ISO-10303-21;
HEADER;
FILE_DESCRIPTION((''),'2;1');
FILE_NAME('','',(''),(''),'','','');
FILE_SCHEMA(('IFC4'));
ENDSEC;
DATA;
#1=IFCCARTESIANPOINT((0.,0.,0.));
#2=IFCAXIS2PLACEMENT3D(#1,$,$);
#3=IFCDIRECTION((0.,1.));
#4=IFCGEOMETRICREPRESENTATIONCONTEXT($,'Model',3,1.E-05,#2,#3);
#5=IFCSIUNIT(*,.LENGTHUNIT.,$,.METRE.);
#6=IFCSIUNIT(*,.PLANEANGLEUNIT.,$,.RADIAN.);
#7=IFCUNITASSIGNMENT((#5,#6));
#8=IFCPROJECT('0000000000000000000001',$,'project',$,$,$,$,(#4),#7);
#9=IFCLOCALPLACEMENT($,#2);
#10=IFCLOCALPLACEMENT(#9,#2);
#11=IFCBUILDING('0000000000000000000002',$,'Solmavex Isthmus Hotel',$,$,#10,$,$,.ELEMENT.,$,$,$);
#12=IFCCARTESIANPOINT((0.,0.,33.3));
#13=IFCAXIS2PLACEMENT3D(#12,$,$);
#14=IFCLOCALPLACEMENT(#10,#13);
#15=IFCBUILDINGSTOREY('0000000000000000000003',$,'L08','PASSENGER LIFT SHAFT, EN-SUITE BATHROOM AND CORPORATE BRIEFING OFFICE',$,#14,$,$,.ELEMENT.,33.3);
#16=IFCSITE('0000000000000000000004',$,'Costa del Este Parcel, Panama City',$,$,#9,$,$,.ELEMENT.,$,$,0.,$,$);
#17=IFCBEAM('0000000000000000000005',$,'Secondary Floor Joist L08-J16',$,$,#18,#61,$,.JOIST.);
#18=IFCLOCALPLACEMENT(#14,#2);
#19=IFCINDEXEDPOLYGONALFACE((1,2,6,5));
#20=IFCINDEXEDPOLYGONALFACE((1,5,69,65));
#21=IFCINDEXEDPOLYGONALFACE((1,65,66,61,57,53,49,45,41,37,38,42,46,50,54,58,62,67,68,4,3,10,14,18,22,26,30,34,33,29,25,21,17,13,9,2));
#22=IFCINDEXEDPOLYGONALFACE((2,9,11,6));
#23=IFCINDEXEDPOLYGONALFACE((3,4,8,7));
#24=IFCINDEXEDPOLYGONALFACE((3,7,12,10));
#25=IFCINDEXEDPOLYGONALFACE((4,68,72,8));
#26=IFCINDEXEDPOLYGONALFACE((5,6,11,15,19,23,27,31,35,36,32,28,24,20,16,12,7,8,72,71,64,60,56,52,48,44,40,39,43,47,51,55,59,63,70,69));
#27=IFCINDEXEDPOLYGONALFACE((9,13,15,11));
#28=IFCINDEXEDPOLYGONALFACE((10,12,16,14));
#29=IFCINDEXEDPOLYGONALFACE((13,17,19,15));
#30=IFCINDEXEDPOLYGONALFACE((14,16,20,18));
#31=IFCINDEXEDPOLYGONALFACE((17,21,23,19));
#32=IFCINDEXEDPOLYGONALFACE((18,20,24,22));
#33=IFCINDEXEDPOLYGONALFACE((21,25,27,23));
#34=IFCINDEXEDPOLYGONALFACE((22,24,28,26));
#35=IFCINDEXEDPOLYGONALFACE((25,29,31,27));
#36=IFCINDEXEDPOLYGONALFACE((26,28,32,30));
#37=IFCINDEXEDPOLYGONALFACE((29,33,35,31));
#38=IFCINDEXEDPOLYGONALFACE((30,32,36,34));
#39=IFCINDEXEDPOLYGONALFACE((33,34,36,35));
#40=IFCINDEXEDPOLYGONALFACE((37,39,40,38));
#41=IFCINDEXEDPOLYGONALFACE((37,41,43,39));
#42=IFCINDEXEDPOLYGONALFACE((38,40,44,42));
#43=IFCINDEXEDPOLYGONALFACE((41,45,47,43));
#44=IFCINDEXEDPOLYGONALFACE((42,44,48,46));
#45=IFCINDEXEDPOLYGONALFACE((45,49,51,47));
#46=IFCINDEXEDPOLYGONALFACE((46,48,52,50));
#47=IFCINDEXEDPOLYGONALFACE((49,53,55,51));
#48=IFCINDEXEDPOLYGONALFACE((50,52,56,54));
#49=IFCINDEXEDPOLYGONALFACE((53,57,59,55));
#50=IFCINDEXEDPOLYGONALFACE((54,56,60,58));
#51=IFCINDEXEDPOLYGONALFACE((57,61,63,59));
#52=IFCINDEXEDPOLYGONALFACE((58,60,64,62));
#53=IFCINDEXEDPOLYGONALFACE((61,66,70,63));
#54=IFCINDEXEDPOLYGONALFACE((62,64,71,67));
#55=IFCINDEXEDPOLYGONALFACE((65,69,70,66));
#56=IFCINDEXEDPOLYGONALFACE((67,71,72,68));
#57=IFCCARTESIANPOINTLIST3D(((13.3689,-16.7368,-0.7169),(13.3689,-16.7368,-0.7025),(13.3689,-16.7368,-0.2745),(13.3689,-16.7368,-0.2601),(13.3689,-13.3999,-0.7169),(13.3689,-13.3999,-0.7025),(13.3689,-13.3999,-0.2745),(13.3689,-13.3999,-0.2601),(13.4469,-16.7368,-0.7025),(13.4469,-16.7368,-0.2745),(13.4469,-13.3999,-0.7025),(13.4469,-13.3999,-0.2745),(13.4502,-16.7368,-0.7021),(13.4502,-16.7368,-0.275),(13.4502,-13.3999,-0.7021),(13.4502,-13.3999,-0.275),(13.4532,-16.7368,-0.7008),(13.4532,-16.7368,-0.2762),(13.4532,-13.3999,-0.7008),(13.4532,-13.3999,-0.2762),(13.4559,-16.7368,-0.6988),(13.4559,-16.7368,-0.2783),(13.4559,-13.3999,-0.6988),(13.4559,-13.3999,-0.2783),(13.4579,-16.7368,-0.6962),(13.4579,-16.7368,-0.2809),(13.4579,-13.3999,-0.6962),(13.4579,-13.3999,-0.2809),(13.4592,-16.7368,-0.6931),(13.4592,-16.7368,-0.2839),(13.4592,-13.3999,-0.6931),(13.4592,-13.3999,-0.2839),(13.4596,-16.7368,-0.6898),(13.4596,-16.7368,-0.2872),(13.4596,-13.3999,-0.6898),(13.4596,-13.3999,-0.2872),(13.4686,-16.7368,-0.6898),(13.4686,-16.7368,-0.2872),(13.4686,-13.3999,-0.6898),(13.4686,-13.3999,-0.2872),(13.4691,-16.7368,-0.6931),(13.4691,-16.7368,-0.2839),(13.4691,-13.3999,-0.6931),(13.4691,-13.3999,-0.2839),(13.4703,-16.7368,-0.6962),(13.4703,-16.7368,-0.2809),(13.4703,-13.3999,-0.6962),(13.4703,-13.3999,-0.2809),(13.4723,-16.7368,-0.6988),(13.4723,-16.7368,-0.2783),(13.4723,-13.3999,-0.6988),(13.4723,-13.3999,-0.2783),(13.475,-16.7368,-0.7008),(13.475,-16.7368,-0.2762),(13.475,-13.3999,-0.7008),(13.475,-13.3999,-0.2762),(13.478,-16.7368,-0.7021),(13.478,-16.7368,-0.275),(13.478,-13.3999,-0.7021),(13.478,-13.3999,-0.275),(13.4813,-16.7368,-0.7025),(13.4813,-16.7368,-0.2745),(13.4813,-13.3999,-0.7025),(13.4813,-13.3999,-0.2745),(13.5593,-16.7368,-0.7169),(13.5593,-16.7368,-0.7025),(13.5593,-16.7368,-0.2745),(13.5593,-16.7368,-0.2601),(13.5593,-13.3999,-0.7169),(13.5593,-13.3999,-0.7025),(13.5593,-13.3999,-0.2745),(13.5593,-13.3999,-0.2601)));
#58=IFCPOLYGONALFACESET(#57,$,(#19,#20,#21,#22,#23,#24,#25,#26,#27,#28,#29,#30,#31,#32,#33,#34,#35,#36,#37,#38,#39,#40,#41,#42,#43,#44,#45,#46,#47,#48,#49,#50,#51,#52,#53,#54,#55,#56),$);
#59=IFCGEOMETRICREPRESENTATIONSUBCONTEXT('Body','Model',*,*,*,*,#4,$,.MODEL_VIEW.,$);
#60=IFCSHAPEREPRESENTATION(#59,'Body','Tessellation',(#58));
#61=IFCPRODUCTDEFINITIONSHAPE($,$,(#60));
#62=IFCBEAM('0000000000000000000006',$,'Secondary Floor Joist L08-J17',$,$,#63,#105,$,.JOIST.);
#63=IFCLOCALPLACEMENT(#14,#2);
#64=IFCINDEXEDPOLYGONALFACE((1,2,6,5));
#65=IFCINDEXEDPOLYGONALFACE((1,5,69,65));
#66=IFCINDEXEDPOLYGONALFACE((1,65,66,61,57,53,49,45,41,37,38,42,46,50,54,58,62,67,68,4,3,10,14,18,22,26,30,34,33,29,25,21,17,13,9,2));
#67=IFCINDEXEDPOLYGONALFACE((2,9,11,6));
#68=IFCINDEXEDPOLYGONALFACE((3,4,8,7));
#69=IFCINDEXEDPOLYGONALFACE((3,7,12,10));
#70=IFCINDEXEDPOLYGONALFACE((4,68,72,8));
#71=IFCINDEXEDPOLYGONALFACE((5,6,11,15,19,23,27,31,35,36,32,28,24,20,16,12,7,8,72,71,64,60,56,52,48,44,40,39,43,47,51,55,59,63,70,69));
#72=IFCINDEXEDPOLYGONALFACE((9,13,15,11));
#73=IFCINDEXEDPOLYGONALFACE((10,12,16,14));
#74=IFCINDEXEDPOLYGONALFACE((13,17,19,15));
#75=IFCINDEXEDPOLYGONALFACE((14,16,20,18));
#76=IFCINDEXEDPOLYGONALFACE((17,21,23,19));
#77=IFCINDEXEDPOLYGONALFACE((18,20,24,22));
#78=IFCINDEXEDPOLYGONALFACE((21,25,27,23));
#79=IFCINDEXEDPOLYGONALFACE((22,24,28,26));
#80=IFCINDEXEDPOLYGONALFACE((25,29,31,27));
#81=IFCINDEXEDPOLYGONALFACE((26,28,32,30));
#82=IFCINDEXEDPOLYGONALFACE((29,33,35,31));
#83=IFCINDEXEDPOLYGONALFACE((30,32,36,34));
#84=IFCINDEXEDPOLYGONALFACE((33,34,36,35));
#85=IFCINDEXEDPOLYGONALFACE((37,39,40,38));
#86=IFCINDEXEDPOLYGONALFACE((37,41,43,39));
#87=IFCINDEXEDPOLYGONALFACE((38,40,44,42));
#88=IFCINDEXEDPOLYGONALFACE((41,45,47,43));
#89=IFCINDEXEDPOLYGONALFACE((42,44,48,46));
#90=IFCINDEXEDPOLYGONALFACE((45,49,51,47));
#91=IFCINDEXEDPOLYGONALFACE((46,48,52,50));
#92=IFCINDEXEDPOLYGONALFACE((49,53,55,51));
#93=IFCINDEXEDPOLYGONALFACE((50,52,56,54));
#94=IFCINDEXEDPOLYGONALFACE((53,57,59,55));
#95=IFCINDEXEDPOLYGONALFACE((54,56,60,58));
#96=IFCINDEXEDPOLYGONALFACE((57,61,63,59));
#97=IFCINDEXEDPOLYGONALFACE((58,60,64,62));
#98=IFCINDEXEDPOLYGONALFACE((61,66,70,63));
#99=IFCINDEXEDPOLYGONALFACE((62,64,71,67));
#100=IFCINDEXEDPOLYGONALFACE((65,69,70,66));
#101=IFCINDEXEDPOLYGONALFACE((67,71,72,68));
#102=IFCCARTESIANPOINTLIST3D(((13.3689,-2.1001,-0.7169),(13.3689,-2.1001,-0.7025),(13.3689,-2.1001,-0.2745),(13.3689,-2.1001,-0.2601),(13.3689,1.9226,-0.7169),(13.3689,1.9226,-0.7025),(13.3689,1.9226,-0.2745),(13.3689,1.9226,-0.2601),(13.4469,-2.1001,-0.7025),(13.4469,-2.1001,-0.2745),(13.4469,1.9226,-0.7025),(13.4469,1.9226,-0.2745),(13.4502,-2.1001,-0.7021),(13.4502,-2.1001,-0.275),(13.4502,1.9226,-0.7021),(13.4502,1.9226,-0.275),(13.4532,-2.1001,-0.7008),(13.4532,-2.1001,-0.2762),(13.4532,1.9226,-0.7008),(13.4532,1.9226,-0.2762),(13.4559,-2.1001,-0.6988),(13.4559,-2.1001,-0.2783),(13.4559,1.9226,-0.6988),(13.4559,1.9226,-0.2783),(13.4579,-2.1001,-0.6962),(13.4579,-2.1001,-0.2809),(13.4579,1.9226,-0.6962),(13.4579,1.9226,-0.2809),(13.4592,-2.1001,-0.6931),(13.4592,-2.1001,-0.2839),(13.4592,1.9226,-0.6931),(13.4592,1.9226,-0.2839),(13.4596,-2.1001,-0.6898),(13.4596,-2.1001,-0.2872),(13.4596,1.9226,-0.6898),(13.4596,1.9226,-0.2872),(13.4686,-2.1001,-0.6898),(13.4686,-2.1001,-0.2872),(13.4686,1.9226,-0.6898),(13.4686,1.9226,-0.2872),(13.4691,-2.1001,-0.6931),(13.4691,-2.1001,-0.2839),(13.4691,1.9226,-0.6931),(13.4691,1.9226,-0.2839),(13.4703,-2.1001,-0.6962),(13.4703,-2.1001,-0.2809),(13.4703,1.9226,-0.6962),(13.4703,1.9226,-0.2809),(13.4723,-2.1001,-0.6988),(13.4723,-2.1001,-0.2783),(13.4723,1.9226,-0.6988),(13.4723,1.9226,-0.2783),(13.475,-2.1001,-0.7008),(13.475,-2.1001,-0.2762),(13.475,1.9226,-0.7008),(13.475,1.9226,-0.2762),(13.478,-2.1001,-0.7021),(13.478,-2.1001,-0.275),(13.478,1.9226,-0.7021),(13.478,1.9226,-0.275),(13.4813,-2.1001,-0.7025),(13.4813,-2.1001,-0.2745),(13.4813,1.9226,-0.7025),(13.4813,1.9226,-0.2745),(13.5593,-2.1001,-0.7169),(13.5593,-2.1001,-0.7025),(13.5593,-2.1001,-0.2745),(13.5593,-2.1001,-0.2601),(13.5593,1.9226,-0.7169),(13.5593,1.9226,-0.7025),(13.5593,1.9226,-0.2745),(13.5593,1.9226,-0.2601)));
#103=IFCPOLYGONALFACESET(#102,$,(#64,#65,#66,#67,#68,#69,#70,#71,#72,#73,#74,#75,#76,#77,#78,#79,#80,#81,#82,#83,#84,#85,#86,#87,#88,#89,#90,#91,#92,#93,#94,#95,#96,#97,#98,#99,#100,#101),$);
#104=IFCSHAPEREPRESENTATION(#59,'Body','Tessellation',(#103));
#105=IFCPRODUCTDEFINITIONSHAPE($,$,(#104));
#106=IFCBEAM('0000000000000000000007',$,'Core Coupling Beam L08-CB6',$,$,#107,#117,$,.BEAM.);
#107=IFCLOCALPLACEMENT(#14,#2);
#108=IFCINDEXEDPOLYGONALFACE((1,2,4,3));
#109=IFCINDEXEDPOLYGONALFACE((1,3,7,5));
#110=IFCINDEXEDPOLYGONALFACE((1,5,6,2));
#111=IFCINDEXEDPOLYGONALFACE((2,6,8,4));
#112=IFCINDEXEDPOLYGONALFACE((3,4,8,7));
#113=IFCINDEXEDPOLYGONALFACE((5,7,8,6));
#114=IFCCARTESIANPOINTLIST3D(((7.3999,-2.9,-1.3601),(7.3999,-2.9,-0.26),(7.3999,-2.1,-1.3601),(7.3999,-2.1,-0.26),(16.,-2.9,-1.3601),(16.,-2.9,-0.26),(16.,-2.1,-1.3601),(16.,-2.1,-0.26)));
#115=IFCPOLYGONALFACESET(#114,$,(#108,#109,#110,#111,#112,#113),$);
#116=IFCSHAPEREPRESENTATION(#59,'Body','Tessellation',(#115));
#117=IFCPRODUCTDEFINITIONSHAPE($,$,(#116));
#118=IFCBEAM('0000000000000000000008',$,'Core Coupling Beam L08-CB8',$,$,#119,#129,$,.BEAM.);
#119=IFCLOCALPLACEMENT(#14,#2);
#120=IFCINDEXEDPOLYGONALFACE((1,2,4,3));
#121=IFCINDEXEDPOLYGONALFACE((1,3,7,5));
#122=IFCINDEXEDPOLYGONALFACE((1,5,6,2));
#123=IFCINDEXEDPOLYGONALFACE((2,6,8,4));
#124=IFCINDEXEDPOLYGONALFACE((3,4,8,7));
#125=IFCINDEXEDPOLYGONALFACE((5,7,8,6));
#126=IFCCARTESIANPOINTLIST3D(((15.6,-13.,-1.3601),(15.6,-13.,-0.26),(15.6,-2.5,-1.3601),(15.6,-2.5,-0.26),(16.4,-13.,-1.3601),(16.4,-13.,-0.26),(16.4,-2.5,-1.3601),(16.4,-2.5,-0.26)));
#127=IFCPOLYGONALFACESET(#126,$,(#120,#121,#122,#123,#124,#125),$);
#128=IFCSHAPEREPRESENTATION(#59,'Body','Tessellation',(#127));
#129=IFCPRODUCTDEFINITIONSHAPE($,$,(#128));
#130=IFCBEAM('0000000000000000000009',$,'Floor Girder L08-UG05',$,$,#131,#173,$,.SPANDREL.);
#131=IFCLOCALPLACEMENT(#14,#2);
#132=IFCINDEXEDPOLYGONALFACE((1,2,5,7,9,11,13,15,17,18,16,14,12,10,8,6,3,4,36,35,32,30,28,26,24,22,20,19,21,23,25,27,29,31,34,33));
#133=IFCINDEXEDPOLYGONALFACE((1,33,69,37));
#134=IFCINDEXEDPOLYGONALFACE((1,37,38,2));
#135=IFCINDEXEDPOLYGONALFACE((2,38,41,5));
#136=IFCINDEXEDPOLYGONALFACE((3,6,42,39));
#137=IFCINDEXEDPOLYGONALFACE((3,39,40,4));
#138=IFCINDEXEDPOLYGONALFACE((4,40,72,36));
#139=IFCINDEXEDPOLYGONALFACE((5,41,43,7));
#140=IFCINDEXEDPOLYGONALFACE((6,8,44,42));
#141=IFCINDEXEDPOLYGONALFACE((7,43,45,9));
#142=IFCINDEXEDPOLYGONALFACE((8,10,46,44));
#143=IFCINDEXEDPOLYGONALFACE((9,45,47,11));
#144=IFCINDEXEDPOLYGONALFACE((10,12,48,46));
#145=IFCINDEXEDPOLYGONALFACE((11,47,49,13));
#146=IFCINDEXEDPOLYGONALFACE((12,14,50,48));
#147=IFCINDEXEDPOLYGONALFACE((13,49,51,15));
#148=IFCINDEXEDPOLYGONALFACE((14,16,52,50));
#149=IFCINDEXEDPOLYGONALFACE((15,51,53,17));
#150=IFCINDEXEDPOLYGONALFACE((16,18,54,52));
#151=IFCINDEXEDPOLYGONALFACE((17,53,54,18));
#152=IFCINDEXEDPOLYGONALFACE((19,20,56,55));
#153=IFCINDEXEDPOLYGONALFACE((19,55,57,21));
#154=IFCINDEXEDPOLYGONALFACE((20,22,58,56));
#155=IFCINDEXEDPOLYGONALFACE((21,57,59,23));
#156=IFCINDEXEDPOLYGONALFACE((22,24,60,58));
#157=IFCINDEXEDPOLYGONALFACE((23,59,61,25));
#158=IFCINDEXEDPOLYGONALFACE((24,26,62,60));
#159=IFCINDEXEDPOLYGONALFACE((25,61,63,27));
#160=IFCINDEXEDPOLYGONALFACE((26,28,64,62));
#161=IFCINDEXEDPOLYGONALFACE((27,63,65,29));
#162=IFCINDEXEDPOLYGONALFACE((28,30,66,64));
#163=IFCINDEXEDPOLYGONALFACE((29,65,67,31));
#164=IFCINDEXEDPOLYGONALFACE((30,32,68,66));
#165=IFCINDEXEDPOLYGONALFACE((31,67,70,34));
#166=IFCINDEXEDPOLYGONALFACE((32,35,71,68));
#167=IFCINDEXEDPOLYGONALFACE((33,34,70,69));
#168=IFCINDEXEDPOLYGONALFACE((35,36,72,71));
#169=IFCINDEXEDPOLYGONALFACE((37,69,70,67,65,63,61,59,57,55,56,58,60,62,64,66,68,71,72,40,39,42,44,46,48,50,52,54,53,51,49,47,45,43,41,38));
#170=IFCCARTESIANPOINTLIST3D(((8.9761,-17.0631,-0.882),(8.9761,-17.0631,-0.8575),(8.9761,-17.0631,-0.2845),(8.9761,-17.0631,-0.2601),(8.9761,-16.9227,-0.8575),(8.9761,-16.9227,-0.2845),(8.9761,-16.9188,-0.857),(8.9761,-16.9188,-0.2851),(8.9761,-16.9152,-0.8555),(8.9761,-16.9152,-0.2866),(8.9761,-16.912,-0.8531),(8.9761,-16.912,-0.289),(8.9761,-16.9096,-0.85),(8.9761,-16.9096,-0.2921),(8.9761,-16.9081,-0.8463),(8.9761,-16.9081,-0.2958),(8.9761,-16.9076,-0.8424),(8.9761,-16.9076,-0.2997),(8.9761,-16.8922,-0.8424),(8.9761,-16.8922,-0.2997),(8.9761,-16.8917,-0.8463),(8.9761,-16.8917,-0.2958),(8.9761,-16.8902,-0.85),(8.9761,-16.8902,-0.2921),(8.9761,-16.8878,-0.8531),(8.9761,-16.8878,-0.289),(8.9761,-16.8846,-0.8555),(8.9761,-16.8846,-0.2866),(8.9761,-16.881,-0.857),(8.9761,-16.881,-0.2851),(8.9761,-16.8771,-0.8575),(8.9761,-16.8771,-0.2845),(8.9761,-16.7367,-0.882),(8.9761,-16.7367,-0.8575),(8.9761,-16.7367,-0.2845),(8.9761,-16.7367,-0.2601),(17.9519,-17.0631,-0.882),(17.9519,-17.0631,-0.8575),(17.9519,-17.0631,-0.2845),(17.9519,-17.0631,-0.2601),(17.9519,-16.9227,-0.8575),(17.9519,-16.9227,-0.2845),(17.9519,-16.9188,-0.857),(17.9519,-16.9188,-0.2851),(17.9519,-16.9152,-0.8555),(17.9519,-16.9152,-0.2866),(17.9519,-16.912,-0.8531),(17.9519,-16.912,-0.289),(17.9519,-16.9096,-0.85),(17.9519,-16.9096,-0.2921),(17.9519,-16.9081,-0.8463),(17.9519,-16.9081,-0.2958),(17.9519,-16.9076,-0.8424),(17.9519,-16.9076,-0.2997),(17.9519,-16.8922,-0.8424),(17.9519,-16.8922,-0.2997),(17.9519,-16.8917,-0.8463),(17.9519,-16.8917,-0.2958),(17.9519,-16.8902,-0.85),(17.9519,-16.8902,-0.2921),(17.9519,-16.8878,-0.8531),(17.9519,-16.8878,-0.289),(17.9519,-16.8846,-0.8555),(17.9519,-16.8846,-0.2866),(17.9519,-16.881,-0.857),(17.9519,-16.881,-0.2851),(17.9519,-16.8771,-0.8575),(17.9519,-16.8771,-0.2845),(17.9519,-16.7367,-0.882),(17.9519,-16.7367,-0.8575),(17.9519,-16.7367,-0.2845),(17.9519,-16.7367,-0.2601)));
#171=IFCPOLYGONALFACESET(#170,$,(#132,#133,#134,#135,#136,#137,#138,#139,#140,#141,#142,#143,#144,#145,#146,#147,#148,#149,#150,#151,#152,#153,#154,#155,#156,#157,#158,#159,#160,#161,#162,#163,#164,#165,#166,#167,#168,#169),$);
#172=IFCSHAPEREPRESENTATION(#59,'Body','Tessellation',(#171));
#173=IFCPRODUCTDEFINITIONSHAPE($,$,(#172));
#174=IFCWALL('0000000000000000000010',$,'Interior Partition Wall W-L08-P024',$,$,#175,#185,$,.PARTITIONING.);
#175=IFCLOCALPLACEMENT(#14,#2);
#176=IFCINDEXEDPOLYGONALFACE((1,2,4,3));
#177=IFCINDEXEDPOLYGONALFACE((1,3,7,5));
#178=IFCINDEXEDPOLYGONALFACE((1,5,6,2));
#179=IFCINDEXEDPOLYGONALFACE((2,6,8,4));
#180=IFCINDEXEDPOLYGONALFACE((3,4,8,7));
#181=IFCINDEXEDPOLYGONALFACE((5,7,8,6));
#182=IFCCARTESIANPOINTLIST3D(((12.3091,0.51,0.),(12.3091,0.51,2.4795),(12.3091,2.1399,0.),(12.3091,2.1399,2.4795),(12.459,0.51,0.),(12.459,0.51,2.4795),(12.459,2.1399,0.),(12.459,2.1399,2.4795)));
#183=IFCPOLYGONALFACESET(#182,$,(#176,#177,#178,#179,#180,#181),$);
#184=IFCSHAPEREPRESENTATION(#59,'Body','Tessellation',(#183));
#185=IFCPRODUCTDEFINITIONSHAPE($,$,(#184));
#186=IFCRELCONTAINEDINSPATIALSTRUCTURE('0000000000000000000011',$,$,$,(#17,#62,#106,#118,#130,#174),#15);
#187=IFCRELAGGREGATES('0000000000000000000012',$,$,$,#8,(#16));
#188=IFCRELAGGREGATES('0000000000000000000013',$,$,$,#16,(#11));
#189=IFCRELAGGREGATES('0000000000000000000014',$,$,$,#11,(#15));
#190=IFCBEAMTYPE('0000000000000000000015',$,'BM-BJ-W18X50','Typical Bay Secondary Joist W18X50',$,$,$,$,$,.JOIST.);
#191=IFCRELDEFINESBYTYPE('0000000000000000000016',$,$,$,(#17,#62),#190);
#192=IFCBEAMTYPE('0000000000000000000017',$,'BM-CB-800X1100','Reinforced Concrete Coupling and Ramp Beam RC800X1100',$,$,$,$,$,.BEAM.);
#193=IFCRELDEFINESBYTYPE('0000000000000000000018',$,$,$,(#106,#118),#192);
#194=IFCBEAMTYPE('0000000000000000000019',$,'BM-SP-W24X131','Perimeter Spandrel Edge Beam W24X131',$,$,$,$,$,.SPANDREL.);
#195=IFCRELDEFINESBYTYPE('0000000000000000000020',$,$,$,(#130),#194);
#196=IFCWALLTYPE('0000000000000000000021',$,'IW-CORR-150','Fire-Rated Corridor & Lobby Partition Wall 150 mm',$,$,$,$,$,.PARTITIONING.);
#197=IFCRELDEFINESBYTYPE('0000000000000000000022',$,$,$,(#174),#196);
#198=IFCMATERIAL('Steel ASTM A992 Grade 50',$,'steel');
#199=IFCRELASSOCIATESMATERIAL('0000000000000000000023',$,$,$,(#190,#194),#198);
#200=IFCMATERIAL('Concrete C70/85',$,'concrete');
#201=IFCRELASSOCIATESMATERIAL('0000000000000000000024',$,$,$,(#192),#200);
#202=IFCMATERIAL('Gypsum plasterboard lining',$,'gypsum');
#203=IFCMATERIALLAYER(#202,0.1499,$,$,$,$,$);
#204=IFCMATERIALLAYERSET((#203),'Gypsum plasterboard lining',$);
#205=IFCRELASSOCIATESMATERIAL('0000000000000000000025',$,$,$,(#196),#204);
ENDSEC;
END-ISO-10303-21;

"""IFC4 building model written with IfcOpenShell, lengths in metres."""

from ifc_helpers import new_model, si_unit, direction, frame, frame_2d, origin, origin_2d, place, context, subcontext, project, spatial, rectangle, i_section, extrude, material, layer, layer_set, material_profile, profile_set, type_object, element, save


model = new_model("IFC4")

# Units and contexts
model_context = context("Model", 3, precision=1e-05, world=origin(), true_north=direction((0.0, 1.0)))
body_context = subcontext(model_context, "Body", "Model", "MODEL_VIEW")
ifc_project = project(units=[si_unit("LENGTHUNIT", "METRE"), si_unit("PLANEANGLEUNIT", "RADIAN")], contexts=[model_context])

# Site, building, storey
site_placement = place(None, origin())
site = spatial("IfcSite", under=ifc_project, at=site_placement, Name="Costa del Este Parcel, Panama City", CompositionType="ELEMENT", RefElevation=0.0)
building_placement = place(site_placement, origin())
building = spatial("IfcBuilding", under=site, at=building_placement, Name="Solmavex Isthmus Hotel", CompositionType="ELEMENT")
storey_placement = place(building_placement, frame((0.0, 0.0, 33.3)))
storey = spatial("IfcBuildingStorey", under=building, at=storey_placement, Name="L08", Description="PASSENGER LIFT SHAFT, EN-SUITE BATHROOM AND CORPORATE BRIEFING OFFICE", CompositionType="ELEMENT", Elevation=33.3)

# Shared definitions
ifc_material_1 = material(Name="Concrete C70/85", Category="concrete")

# Beams
ifc_material_2 = material(Name="Steel ASTM A992 Grade 50", Category="steel")
ifc_material_profile_1 = material_profile(ifc_material_2, i_section(OverallWidth=0.1904, OverallDepth=0.4568, WebThickness=0.009, FlangeThickness=0.0144, FilletRadius=0.0127, at=origin_2d()), Name="W18X50")
ifc_profile_set_1 = profile_set([ifc_material_profile_1], Name="Steel ASTM A992 Grade 50")
beam_type_1 = type_object("IfcBeamType", Name="BM-BJ-W18X50", Description="Typical Bay Secondary Joist W18X50", PredefinedType="JOIST", material=ifc_profile_set_1)
beam_1_placement = place(storey_placement, frame((13.4641, -16.7368, -0.4885), z_axis=(0.0, 1.0, 0.0), x_axis=(-1.0, 0.0, 0.0)))
element("IfcBeam", 1, at=beam_1_placement, inside=storey, type_object=beam_type_1, Name="Secondary Floor Joist L08-J16", PredefinedType="JOIST", context=body_context, shape_type="SweptSolid", body=[
    extrude(i_section(OverallWidth=0.1904, OverallDepth=0.4568, WebThickness=0.009, FlangeThickness=0.0144, FilletRadius=0.0127, at=origin_2d()), origin(), (0.0, 0.0, 1.0), 3.3369),
])
beam_2_placement = place(storey_placement, frame((13.4641, -2.1001, -0.4885), z_axis=(0.0, 1.0, 0.0), x_axis=(-1.0, 0.0, 0.0)))
element("IfcBeam", 2, at=beam_2_placement, inside=storey, type_object=beam_type_1, Name="Secondary Floor Joist L08-J17", PredefinedType="JOIST", context=body_context, shape_type="SweptSolid", body=[
    extrude(i_section(OverallWidth=0.1904, OverallDepth=0.4568, WebThickness=0.009, FlangeThickness=0.0144, FilletRadius=0.0127, at=origin_2d()), origin(), (0.0, 0.0, 1.0), 4.0227),
])
ifc_material_profile_2 = material_profile(ifc_material_1, rectangle(XDim=0.8, YDim=1.1001, at=origin_2d()), Name="RC800X1100")
ifc_profile_set_2 = profile_set([ifc_material_profile_2], Name="Concrete C70/85")
beam_type_2 = type_object("IfcBeamType", Name="BM-CB-800X1100", Description="Reinforced Concrete Coupling and Ramp Beam RC800X1100", PredefinedType="BEAM", material=ifc_profile_set_2)
beam_3_placement = place(storey_placement, frame((7.3999, -2.5, -0.8101), z_axis=(1.0, 0.0, 0.0), x_axis=(0.0, 1.0, 0.0)))
element("IfcBeam", 3, at=beam_3_placement, inside=storey, type_object=beam_type_2, Name="Core Coupling Beam L08-CB6", PredefinedType="BEAM", context=body_context, shape_type="SweptSolid", body=[
    extrude(rectangle(XDim=0.8, YDim=1.1001, at=origin_2d()), origin(), (0.0, 0.0, 1.0), 8.6001),
])
beam_4_placement = place(storey_placement, frame((16.0, -13.0, -0.8101), z_axis=(0.0, 1.0, 0.0), x_axis=(-1.0, 0.0, 0.0)))
element("IfcBeam", 4, at=beam_4_placement, inside=storey, type_object=beam_type_2, Name="Core Coupling Beam L08-CB8", PredefinedType="BEAM", context=body_context, shape_type="SweptSolid", body=[
    extrude(rectangle(XDim=0.8, YDim=1.1001, at=origin_2d()), origin(), (0.0, 0.0, 1.0), 10.5),
])
ifc_material_profile_3 = material_profile(ifc_material_2, i_section(OverallWidth=0.3264, OverallDepth=0.6218, WebThickness=0.0154, FlangeThickness=0.0244, FilletRadius=0.0151, at=origin_2d()), Name="W24X131")
ifc_profile_set_3 = profile_set([ifc_material_profile_3], Name="Steel ASTM A992 Grade 50")
beam_type_3 = type_object("IfcBeamType", Name="BM-SP-W24X131", Description="Perimeter Spandrel Edge Beam W24X131", PredefinedType="SPANDREL", material=ifc_profile_set_3)
beam_5_placement = place(storey_placement, frame((8.9761, -16.8999, -0.571), z_axis=(1.0, 0.0, 0.0), x_axis=(0.0, 1.0, 0.0)))
element("IfcBeam", 5, at=beam_5_placement, inside=storey, type_object=beam_type_3, Name="Floor Girder L08-UG05", PredefinedType="SPANDREL", context=body_context, shape_type="SweptSolid", body=[
    extrude(i_section(OverallWidth=0.3264, OverallDepth=0.6218, WebThickness=0.0154, FlangeThickness=0.0244, FilletRadius=0.0151, at=origin_2d()), origin(), (0.0, 0.0, 1.0), 8.9758),
])

# Wall
ifc_material_3 = material(Name="Gypsum plasterboard lining", Category="gypsum")
ifc_layer_1 = layer(ifc_material_3, 0.1499)
ifc_layer_set_1 = layer_set([ifc_layer_1], Name="Gypsum plasterboard lining")
wall_type_1 = type_object("IfcWallType", Name="IW-CORR-150", Description="Fire-Rated Corridor & Lobby Partition Wall 150 mm", PredefinedType="PARTITIONING", material=ifc_layer_set_1)
wall_1_placement = place(storey_placement, frame((12.384, 0.51, 0.0), z_axis=(0.0, 0.0, 1.0), x_axis=(0.0, 1.0, 0.0)))
element("IfcWall", 6, at=wall_1_placement, inside=storey, type_object=wall_type_1, Name="Interior Partition Wall W-L08-P024", PredefinedType="PARTITIONING", context=body_context, shape_type="SweptSolid", body=[
    extrude(rectangle(XDim=1.6299, YDim=0.1499, at=frame_2d((0.8149, 0.0))), origin(), (0.0, 0.0, 1.0), 2.4795),
])

save(model, "model.ifc")
